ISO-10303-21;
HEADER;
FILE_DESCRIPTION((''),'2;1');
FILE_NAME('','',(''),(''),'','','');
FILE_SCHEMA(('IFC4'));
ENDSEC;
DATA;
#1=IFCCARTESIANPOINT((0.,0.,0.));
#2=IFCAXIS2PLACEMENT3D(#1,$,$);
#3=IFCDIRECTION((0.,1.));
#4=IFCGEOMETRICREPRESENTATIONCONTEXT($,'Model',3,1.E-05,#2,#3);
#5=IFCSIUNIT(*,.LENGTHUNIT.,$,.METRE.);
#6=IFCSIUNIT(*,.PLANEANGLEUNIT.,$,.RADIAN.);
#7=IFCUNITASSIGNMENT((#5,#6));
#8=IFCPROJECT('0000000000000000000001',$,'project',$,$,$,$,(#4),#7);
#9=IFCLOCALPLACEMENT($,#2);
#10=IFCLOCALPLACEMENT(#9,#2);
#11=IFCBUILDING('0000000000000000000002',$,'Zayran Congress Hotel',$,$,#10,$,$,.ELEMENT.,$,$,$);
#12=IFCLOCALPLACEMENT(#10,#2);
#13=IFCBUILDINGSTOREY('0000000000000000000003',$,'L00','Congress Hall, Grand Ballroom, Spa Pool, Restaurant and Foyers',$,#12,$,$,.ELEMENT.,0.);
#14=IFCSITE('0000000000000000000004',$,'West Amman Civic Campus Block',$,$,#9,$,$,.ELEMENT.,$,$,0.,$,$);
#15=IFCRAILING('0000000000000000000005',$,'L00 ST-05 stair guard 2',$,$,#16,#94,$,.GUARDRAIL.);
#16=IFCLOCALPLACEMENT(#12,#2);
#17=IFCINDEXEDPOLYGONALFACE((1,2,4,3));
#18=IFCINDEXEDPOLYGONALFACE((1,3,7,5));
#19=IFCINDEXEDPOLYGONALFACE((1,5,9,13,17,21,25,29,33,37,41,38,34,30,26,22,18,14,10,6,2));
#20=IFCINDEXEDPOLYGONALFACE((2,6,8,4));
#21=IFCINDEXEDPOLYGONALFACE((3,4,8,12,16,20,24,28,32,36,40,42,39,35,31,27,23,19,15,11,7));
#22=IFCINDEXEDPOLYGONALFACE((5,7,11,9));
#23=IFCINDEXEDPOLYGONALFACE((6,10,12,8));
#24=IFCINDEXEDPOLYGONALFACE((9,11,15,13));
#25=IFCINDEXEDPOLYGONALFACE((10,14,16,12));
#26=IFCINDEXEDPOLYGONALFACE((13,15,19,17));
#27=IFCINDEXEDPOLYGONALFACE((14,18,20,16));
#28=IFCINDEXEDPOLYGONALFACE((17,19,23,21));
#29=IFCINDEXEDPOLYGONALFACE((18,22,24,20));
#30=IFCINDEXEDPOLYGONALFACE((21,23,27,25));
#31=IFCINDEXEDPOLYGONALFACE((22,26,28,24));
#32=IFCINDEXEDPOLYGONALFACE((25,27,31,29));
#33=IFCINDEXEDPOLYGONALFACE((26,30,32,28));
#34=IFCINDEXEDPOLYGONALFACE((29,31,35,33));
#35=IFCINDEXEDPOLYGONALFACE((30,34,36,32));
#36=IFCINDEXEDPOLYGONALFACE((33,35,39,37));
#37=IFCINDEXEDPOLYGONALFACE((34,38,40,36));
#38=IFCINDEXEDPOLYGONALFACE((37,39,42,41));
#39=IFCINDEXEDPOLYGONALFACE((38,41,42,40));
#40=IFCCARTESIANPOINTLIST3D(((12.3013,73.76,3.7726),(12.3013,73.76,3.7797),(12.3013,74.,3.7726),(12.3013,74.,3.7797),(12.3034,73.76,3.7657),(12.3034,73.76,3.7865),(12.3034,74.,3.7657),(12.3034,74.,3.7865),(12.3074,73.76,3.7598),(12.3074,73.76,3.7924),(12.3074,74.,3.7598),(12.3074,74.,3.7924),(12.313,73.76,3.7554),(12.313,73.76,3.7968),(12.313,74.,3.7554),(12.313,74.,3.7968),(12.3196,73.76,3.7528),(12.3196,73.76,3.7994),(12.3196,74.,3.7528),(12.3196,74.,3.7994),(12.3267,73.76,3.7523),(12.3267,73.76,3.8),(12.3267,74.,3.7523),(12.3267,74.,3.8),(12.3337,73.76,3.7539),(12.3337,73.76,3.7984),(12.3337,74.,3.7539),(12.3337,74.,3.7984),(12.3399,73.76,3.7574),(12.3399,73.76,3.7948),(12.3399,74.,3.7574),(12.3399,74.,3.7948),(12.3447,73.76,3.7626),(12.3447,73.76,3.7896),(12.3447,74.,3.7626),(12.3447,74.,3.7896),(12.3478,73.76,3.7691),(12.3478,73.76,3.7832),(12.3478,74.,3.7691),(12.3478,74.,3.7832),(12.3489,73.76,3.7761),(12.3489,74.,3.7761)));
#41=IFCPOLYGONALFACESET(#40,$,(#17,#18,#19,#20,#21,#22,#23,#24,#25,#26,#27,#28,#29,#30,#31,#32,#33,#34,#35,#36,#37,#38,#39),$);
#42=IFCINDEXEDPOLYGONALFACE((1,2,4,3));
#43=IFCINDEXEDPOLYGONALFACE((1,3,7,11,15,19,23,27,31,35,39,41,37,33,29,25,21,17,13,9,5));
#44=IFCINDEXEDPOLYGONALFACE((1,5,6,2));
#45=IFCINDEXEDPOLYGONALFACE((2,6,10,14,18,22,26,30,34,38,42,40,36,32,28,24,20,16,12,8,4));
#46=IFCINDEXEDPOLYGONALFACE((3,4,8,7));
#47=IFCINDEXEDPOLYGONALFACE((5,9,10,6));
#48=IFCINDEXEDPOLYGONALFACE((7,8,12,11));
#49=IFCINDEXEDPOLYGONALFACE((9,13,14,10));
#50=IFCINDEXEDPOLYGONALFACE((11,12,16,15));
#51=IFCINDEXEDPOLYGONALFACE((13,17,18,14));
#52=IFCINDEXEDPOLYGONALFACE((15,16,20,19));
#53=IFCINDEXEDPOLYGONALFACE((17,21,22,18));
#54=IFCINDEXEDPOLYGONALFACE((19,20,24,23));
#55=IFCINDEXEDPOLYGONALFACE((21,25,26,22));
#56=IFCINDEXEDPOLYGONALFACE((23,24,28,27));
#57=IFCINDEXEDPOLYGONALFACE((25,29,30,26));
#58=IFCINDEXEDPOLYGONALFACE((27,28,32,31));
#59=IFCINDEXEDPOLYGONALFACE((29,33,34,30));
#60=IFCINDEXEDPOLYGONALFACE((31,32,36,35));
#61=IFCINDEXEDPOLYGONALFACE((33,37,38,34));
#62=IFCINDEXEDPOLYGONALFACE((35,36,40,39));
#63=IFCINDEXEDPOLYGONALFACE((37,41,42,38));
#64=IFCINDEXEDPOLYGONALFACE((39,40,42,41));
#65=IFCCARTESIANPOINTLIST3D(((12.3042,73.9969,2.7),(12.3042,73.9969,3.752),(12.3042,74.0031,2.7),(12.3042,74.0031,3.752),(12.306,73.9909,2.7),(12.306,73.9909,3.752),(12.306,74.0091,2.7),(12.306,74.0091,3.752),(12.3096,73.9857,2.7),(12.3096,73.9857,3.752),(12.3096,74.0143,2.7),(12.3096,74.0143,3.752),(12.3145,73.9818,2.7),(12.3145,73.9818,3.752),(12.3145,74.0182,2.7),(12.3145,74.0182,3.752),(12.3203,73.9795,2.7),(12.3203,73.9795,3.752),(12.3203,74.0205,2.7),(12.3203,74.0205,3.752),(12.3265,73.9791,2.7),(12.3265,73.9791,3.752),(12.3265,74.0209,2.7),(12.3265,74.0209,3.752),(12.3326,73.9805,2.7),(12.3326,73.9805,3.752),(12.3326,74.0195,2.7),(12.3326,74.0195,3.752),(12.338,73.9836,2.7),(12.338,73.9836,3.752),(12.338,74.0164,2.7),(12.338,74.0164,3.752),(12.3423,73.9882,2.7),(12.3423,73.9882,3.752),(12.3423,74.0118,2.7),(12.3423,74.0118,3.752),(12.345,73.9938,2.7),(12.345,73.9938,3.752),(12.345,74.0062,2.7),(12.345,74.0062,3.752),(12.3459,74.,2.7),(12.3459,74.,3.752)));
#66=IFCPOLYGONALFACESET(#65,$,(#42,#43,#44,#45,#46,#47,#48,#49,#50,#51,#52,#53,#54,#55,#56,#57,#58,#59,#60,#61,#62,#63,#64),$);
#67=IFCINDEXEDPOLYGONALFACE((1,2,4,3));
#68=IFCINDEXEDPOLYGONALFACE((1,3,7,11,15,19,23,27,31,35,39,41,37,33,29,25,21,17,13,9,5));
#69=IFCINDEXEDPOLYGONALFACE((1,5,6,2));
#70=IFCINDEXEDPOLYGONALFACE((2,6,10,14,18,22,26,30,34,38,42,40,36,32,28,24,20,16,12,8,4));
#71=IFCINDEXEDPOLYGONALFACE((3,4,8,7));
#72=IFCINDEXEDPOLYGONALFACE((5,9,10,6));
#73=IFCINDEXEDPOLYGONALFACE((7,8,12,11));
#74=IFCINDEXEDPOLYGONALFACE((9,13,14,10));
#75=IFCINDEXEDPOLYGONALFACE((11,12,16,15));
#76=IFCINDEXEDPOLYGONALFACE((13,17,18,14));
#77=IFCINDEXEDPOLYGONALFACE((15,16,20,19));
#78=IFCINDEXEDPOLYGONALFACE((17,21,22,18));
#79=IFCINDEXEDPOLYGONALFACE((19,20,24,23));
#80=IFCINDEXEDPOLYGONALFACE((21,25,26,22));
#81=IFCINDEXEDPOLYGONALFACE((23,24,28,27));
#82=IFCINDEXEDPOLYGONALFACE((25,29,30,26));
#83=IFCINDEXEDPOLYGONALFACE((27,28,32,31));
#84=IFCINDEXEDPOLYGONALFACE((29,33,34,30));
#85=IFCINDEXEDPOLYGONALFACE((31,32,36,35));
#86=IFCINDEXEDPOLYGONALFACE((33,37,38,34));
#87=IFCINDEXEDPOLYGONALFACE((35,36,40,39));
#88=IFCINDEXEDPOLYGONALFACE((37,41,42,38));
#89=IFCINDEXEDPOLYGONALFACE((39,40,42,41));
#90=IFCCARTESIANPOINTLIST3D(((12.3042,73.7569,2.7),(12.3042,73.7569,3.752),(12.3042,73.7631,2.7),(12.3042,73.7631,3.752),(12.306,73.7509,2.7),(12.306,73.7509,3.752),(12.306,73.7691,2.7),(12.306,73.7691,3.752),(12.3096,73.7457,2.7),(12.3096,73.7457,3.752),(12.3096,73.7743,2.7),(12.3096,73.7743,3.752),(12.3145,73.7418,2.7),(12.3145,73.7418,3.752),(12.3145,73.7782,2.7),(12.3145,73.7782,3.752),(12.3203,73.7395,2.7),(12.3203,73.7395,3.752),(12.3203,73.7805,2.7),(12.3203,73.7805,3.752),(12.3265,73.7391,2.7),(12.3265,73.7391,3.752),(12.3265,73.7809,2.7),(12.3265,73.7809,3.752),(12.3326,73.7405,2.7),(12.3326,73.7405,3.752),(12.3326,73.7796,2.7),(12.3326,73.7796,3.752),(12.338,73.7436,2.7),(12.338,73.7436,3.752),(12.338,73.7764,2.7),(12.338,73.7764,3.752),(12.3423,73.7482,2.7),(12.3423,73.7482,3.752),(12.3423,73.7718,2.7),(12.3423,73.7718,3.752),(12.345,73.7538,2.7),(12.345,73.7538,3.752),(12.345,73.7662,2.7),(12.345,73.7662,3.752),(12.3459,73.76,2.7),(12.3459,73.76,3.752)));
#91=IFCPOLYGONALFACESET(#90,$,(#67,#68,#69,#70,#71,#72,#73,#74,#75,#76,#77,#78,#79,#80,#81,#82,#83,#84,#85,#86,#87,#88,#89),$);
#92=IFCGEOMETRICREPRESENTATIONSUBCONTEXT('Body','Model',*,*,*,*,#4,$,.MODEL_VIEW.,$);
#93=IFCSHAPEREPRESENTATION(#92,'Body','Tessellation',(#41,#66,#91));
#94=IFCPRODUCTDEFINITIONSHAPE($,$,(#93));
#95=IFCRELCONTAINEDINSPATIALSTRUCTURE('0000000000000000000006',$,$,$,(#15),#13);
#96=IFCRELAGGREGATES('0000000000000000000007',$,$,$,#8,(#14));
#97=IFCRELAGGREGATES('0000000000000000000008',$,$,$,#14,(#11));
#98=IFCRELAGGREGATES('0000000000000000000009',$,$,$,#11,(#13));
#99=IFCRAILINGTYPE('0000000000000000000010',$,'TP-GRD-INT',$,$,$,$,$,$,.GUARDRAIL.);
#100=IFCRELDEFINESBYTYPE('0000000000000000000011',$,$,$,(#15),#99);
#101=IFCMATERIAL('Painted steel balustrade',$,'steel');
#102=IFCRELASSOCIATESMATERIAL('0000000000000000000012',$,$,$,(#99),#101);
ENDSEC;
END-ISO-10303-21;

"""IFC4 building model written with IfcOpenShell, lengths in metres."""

from ifc_helpers import new_model, si_unit, direction, frame, origin, origin_2d, place, context, subcontext, project, spatial, circle, extrude, material, type_object, element, save


model = new_model("IFC4")

# Units and contexts
model_context = context("Model", 3, precision=1e-05, world=origin(), true_north=direction((0.0, 1.0)))
body_context = subcontext(model_context, "Body", "Model", "MODEL_VIEW")
ifc_project = project(units=[si_unit("LENGTHUNIT", "METRE"), si_unit("PLANEANGLEUNIT", "RADIAN")], contexts=[model_context])

# Site, building, storey
site_placement = place(None, origin())
site = spatial("IfcSite", under=ifc_project, at=site_placement, Name="West Amman Civic Campus Block", CompositionType="ELEMENT", RefElevation=0.0)
building_placement = place(site_placement, origin())
building = spatial("IfcBuilding", under=site, at=building_placement, Name="Zayran Congress Hotel", CompositionType="ELEMENT")
storey_placement = place(building_placement, origin())
storey = spatial("IfcBuildingStorey", under=building, at=storey_placement, Name="L00", Description="Congress Hall, Grand Ballroom, Spa Pool, Restaurant and Foyers", CompositionType="ELEMENT", Elevation=0.0)

# Railing
ifc_material_1 = material(Name="Painted steel balustrade", Category="steel")
railing_type_1 = type_object("IfcRailingType", Name="TP-GRD-INT", PredefinedType="GUARDRAIL", material=ifc_material_1)
railing_1_placement = place(storey_placement, frame((12.325, 74.0, 2.7)))
element("IfcRailing", 1, at=railing_1_placement, inside=storey, type_object=railing_type_1, Name="L00 ST-05 stair guard 2", PredefinedType="GUARDRAIL", context=body_context, shape_type="SweptSolid", body=[
    extrude(circle(Radius=0.0239, at=origin_2d()), frame((0.0, 0.0, 1.0762), z_axis=(0.0, -1.0, 0.0), x_axis=(1.0, 0.0, 0.0)), (0.0, 0.0, 1.0), 0.24),
    extrude(circle(Radius=0.021, at=origin_2d()), origin(), (0.0, 0.0, 1.0), 1.052),
    extrude(circle(Radius=0.021, at=origin_2d()), frame((0.0, -0.24, 0.0)), (0.0, 0.0, 1.0), 1.052),
])

save(model, "model.ifc")
